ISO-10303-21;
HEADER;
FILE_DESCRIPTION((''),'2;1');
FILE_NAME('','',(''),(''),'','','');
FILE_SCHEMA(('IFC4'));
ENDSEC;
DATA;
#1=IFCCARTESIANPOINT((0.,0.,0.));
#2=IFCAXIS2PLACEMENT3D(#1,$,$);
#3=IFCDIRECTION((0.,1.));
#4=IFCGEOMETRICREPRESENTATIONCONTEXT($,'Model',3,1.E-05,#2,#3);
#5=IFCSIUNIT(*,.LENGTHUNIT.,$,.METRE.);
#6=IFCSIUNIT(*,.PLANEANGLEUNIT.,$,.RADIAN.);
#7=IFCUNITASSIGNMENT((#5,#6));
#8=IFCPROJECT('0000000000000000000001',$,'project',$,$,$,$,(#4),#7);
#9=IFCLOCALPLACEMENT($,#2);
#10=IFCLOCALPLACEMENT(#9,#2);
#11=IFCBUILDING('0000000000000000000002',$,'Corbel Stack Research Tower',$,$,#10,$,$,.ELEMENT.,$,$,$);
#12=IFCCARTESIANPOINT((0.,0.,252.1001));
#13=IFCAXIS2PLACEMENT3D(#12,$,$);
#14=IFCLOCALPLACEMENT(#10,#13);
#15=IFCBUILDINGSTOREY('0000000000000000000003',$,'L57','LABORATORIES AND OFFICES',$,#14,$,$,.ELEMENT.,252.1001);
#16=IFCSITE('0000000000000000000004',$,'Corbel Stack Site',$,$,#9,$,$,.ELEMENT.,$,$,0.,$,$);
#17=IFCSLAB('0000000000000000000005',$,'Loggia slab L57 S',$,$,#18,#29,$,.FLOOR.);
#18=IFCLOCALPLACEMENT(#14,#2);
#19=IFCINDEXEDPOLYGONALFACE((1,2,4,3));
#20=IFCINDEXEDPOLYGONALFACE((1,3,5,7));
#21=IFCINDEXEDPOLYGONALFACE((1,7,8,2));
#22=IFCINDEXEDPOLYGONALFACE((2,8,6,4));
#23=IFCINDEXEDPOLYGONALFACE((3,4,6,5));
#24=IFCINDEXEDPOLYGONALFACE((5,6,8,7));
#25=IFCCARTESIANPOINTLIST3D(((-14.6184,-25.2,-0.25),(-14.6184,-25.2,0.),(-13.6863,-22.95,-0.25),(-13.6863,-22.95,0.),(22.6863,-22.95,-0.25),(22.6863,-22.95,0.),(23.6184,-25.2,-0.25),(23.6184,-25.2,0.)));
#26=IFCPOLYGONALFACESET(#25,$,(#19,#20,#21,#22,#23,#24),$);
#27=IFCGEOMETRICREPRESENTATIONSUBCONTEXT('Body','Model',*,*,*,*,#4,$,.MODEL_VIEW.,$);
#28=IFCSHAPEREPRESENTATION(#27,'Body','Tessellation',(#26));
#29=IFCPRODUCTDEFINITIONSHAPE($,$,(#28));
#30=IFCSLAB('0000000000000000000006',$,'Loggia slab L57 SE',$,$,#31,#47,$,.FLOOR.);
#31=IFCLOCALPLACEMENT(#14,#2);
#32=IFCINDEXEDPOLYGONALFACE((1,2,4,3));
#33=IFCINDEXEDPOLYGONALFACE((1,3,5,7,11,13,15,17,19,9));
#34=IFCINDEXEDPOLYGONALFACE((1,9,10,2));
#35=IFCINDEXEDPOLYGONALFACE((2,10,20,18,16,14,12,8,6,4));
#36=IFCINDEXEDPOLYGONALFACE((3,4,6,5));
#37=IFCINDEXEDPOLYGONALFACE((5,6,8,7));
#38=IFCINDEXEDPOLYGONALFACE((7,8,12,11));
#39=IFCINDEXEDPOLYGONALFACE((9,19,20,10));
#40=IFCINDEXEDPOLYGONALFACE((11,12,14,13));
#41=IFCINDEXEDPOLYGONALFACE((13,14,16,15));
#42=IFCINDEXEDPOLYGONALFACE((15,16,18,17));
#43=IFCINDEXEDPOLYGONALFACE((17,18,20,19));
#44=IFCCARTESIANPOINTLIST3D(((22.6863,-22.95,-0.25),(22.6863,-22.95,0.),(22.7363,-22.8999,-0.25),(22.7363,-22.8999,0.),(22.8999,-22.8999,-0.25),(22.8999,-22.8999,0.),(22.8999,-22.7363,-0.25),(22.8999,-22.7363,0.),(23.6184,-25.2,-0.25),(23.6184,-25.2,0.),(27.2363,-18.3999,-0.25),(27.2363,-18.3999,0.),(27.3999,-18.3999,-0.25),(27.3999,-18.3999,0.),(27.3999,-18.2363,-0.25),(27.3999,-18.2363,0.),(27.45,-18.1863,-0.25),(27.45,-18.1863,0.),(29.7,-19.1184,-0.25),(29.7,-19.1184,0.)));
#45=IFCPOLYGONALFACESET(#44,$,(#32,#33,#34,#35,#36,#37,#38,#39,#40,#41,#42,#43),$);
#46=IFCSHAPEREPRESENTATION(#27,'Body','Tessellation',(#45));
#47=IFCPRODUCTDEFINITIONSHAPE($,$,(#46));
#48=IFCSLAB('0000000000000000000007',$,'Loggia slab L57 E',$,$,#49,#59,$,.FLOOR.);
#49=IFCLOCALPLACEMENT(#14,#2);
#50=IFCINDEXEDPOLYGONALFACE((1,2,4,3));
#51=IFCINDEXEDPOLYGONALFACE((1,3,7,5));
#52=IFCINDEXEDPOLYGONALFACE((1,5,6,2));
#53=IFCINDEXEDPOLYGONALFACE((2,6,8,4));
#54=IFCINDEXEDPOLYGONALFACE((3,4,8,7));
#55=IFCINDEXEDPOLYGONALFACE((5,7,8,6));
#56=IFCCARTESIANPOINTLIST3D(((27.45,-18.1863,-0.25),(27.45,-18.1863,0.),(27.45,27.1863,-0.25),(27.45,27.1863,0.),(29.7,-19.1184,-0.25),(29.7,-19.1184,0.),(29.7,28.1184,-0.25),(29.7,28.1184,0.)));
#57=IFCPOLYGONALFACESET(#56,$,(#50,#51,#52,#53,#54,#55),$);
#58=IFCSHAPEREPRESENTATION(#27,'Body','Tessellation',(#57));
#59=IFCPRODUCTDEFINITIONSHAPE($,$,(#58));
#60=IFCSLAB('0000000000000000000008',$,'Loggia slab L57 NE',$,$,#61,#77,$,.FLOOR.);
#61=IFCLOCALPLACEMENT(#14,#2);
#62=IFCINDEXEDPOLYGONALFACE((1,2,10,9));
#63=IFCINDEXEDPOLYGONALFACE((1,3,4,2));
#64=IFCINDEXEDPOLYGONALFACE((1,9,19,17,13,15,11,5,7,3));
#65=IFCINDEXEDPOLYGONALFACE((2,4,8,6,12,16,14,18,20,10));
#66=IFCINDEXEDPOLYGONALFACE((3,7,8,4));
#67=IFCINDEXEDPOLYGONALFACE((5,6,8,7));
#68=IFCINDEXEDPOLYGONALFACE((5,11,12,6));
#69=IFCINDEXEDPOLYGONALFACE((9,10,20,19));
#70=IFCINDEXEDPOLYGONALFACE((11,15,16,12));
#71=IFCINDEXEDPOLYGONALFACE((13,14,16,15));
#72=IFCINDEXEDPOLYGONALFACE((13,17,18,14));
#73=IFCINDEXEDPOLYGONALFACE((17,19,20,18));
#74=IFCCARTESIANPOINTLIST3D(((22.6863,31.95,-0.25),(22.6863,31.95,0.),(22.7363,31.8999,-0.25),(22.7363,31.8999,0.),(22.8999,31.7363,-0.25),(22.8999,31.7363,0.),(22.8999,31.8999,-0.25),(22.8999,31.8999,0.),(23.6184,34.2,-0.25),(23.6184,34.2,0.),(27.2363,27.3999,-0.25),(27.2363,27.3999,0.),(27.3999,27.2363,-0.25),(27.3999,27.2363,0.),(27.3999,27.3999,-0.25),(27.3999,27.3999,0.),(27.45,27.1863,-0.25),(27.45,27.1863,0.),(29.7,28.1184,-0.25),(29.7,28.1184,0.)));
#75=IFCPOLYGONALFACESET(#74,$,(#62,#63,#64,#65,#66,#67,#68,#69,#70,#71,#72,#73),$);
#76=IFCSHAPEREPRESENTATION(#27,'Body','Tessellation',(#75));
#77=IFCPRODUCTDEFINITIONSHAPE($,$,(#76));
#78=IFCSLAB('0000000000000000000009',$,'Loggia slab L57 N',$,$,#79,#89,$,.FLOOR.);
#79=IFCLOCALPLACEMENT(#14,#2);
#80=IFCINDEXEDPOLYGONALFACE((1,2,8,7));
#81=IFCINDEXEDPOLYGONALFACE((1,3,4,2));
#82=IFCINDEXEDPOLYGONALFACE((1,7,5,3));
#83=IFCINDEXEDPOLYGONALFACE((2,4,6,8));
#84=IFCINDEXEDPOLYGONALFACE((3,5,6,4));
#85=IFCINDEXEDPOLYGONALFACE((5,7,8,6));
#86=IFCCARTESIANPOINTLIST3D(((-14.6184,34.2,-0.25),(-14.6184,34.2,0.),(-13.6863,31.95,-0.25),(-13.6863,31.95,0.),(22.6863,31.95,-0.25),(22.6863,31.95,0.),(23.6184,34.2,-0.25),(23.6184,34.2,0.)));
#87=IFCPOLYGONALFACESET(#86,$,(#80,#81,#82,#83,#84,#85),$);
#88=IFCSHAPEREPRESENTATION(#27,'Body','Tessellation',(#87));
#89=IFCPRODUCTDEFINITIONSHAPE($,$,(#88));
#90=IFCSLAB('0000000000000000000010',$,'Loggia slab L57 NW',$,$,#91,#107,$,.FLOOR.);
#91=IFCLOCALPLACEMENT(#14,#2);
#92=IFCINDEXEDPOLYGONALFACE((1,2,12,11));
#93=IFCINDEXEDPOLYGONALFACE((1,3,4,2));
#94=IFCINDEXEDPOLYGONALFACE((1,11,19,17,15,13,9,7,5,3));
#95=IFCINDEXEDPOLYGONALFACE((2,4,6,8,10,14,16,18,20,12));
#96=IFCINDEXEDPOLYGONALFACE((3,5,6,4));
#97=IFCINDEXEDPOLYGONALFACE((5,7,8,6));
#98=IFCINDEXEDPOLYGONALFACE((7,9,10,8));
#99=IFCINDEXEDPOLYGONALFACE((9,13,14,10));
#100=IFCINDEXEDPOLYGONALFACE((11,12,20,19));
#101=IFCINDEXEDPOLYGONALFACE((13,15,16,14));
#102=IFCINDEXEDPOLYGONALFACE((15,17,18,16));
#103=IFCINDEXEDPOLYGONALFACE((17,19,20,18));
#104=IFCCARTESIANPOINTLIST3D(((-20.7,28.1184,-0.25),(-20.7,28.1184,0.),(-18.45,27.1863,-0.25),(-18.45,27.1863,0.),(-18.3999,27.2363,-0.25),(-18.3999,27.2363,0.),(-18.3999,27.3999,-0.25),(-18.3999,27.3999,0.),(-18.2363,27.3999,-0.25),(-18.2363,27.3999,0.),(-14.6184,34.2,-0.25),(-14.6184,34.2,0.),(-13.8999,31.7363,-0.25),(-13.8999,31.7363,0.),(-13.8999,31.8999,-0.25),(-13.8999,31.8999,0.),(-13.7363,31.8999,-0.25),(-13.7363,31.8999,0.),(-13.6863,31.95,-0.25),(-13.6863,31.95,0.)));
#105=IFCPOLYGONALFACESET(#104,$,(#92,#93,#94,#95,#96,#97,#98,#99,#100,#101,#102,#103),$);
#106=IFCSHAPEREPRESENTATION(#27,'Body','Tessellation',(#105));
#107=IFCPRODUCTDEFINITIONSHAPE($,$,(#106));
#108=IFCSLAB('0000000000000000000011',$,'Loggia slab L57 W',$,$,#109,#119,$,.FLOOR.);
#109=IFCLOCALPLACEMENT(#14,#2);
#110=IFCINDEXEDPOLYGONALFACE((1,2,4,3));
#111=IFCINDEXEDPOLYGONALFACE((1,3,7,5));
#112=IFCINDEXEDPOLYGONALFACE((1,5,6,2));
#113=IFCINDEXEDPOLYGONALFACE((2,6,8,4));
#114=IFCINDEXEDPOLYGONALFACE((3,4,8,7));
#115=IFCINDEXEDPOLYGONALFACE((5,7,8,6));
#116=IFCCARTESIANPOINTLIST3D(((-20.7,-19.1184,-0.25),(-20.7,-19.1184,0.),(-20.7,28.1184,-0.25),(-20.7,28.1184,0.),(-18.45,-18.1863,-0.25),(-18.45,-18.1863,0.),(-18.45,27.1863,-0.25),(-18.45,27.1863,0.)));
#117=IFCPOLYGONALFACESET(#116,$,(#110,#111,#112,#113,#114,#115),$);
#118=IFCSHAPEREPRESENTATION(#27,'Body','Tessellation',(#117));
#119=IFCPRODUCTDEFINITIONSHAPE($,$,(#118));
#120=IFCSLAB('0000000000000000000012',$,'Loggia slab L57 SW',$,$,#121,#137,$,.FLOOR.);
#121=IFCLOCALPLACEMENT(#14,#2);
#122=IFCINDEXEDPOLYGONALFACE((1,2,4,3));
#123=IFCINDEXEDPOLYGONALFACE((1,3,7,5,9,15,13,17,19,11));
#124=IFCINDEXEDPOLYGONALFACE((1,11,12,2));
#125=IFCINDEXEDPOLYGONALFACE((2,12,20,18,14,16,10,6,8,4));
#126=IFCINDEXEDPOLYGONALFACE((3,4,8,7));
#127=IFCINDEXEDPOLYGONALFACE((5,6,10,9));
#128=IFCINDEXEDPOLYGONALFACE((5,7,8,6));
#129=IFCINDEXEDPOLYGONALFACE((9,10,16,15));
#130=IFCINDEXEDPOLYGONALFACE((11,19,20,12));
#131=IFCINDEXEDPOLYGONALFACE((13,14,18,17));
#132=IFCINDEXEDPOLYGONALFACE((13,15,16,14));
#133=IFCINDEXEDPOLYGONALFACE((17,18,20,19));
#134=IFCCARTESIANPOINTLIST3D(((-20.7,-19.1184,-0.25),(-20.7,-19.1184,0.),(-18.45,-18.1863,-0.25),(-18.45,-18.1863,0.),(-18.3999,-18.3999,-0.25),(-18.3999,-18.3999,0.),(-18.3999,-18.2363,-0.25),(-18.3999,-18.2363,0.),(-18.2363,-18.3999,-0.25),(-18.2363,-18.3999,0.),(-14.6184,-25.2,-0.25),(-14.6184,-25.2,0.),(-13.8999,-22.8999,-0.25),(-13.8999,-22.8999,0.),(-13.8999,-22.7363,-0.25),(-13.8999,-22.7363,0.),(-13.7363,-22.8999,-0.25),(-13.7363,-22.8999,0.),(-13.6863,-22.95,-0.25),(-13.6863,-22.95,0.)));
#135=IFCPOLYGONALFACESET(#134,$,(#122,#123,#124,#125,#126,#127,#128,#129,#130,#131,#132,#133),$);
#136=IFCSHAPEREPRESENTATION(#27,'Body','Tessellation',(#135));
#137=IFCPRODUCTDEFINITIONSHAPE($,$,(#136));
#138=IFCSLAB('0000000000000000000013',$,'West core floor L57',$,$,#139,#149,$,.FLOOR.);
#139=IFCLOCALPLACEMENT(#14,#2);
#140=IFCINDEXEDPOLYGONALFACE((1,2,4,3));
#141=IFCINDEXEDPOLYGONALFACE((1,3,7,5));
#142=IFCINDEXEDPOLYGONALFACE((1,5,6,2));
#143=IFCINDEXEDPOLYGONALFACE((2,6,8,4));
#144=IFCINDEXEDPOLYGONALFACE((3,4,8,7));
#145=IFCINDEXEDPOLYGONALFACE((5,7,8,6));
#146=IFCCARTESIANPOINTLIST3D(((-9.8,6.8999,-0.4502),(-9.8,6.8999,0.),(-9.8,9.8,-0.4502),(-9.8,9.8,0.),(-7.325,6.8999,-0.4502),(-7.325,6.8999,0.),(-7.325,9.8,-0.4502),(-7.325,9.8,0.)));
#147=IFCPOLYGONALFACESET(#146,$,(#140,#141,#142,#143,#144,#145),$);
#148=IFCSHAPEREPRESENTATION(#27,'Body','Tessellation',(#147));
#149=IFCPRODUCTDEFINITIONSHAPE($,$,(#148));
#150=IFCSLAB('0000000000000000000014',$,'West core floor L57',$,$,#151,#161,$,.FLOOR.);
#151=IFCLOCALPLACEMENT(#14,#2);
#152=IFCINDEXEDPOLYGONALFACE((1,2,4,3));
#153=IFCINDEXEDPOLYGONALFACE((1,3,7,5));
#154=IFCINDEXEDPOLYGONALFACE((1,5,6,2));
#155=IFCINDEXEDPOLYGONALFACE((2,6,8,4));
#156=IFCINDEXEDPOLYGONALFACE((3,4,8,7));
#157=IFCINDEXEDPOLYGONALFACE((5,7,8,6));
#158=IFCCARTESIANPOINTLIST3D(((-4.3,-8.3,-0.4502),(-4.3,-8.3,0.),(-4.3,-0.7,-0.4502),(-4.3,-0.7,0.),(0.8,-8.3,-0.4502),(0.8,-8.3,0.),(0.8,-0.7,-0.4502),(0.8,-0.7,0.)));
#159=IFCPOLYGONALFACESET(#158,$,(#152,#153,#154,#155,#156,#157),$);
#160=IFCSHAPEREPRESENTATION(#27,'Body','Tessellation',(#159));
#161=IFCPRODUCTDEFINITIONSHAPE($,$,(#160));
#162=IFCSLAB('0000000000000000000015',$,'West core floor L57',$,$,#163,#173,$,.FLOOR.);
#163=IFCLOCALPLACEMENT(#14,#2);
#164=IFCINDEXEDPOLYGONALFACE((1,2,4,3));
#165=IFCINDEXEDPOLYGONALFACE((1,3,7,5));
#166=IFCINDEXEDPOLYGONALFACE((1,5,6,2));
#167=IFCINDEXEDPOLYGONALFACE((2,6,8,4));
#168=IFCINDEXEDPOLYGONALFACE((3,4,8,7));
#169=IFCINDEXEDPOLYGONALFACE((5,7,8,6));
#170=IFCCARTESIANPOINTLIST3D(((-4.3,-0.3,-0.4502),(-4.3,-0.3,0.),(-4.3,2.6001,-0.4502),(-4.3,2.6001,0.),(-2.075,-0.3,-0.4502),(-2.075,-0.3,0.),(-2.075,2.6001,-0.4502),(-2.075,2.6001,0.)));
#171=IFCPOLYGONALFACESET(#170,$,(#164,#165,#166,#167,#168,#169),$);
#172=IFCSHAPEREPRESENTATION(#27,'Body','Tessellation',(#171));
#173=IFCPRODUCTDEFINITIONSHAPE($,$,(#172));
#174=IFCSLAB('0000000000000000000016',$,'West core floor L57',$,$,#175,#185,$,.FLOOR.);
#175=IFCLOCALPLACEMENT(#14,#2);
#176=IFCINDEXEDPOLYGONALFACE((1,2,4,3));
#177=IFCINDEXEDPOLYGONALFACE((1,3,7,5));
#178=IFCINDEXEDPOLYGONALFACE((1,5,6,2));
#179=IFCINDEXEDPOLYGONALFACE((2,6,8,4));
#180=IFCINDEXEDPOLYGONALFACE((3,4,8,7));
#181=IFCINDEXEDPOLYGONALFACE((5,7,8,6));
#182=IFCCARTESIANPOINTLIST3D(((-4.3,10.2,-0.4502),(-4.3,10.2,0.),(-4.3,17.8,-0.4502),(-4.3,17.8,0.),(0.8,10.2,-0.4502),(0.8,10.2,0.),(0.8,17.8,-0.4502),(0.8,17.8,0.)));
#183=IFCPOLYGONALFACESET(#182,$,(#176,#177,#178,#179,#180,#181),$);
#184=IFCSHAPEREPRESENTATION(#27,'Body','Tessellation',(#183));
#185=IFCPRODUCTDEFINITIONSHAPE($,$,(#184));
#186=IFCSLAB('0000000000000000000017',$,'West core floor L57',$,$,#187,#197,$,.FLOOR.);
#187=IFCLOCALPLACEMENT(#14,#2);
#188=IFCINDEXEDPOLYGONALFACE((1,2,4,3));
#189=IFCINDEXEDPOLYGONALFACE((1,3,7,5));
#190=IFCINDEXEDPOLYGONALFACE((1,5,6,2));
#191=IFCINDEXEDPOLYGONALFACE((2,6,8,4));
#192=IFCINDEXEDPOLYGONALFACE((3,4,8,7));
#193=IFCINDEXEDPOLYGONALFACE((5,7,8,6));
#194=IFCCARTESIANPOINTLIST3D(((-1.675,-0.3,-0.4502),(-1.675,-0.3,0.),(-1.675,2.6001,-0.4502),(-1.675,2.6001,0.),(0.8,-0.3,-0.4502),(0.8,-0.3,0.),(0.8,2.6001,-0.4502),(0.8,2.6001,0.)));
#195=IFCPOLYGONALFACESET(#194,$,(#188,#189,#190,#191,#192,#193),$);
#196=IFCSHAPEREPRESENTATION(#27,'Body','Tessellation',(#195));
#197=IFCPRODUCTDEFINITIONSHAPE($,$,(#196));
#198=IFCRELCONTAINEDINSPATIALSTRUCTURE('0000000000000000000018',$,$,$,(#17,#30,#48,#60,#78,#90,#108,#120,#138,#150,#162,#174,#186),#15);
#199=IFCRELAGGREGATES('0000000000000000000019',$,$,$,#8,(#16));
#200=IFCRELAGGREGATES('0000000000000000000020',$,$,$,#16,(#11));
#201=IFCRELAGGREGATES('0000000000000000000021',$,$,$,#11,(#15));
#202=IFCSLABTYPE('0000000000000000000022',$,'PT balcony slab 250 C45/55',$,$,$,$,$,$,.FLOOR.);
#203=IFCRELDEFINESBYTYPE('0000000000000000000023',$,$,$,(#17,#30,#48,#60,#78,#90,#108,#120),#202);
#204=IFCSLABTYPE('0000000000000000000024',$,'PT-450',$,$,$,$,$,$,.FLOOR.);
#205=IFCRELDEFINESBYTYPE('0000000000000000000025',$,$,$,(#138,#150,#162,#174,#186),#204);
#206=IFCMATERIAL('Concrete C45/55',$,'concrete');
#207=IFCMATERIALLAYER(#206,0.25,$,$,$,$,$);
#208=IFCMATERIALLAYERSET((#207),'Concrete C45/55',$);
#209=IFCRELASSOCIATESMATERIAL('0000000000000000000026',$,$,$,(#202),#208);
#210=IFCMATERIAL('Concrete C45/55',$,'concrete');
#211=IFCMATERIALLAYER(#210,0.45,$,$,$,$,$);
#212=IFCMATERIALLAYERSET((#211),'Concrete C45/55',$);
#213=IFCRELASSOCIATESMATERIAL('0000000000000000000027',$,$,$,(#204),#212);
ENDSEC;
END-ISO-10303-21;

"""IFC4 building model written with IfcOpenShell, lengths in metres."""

from ifc_helpers import new_model, si_unit, direction, frame, origin, place, context, subcontext, project, spatial, polyline, outline, extrude, material, layer, layer_set, type_object, element, save


model = new_model("IFC4")

# Units and contexts
model_context = context("Model", 3, precision=1e-05, world=origin(), true_north=direction((0.0, 1.0)))
body_context = subcontext(model_context, "Body", "Model", "MODEL_VIEW")
ifc_project = project(units=[si_unit("LENGTHUNIT", "METRE"), si_unit("PLANEANGLEUNIT", "RADIAN")], contexts=[model_context])

# Site, building, storey
site_placement = place(None, origin())
site = spatial("IfcSite", under=ifc_project, at=site_placement, Name="Corbel Stack Site", CompositionType="ELEMENT", RefElevation=0.0)
building_placement = place(site_placement, origin())
building = spatial("IfcBuilding", under=site, at=building_placement, Name="Corbel Stack Research Tower", CompositionType="ELEMENT")
storey_placement = place(building_placement, frame((0.0, 0.0, 252.1001)))
storey = spatial("IfcBuildingStorey", under=building, at=storey_placement, Name="L57", Description="LABORATORIES AND OFFICES", CompositionType="ELEMENT", Elevation=252.1001)

# Slabs
ifc_material_1 = material(Name="Concrete C45/55", Category="concrete")
ifc_layer_1 = layer(ifc_material_1, 0.25)
ifc_layer_set_1 = layer_set([ifc_layer_1], Name="Concrete C45/55")
slab_type_1 = type_object("IfcSlabType", Name="PT balcony slab 250 C45/55", PredefinedType="FLOOR", material=ifc_layer_set_1)
slab_1_placement = place(storey_placement, frame((0.0, 0.0, -0.25)))
element("IfcSlab", 1, at=slab_1_placement, inside=storey, type_object=slab_type_1, Name="Loggia slab L57 S", PredefinedType="FLOOR", context=body_context, shape_type="SweptSolid", body=[
    extrude(outline(polyline([(22.6863, -22.95), (-13.6863, -22.95), (-14.6184, -25.2), (23.6184, -25.2), (22.6863, -22.95)])), origin(), (0.0, 0.0, 1.0), 0.25),
])
slab_2_placement = place(storey_placement, frame((0.0, 0.0, -0.25)))
element("IfcSlab", 2, at=slab_2_placement, inside=storey, type_object=slab_type_1, Name="Loggia slab L57 SE", PredefinedType="FLOOR", context=body_context, shape_type="SweptSolid", body=[
    extrude(outline(polyline([(27.45, -18.1863), (27.3999, -18.2363), (27.3999, -18.3999), (27.2363, -18.3999), (22.8999, -22.7363), (22.8999, -22.8999), (22.7363, -22.8999), (22.6863, -22.95), (23.6184, -25.2), (29.7, -19.1184), (27.45, -18.1863)])), origin(), (0.0, 0.0, 1.0), 0.25),
])
slab_3_placement = place(storey_placement, frame((0.0, 0.0, -0.25)))
element("IfcSlab", 3, at=slab_3_placement, inside=storey, type_object=slab_type_1, Name="Loggia slab L57 E", PredefinedType="FLOOR", context=body_context, shape_type="SweptSolid", body=[
    extrude(outline(polyline([(27.45, 27.1863), (27.45, -18.1863), (29.7, -19.1184), (29.7, 28.1184), (27.45, 27.1863)])), origin(), (0.0, 0.0, 1.0), 0.25),
])
slab_4_placement = place(storey_placement, frame((0.0, 0.0, -0.25)))
element("IfcSlab", 4, at=slab_4_placement, inside=storey, type_object=slab_type_1, Name="Loggia slab L57 NE", PredefinedType="FLOOR", context=body_context, shape_type="SweptSolid", body=[
    extrude(outline(polyline([(22.6863, 31.95), (22.7363, 31.8999), (22.8999, 31.8999), (22.8999, 31.7363), (27.2363, 27.3999), (27.3999, 27.3999), (27.3999, 27.2363), (27.45, 27.1863), (29.7, 28.1184), (23.6184, 34.2), (22.6863, 31.95)])), origin(), (0.0, 0.0, 1.0), 0.25),
])
slab_5_placement = place(storey_placement, frame((0.0, 0.0, -0.25)))
element("IfcSlab", 5, at=slab_5_placement, inside=storey, type_object=slab_type_1, Name="Loggia slab L57 N", PredefinedType="FLOOR", context=body_context, shape_type="SweptSolid", body=[
    extrude(outline(polyline([(-13.6863, 31.95), (22.6863, 31.95), (23.6184, 34.2), (-14.6184, 34.2), (-13.6863, 31.95)])), origin(), (0.0, 0.0, 1.0), 0.25),
])
slab_6_placement = place(storey_placement, frame((0.0, 0.0, -0.25)))
element("IfcSlab", 6, at=slab_6_placement, inside=storey, type_object=slab_type_1, Name="Loggia slab L57 NW", PredefinedType="FLOOR", context=body_context, shape_type="SweptSolid", body=[
    extrude(outline(polyline([(-18.45, 27.1863), (-18.3999, 27.2363), (-18.3999, 27.3999), (-18.2363, 27.3999), (-13.8999, 31.7363), (-13.8999, 31.8999), (-13.7363, 31.8999), (-13.6863, 31.95), (-14.6184, 34.2), (-20.7, 28.1184), (-18.45, 27.1863)])), origin(), (0.0, 0.0, 1.0), 0.25),
])
slab_7_placement = place(storey_placement, frame((0.0, 0.0, -0.25)))
element("IfcSlab", 7, at=slab_7_placement, inside=storey, type_object=slab_type_1, Name="Loggia slab L57 W", PredefinedType="FLOOR", context=body_context, shape_type="SweptSolid", body=[
    extrude(outline(polyline([(-18.45, -18.1863), (-18.45, 27.1863), (-20.7, 28.1184), (-20.7, -19.1184), (-18.45, -18.1863)])), origin(), (0.0, 0.0, 1.0), 0.25),
])
slab_8_placement = place(storey_placement, frame((0.0, 0.0, -0.25)))
element("IfcSlab", 8, at=slab_8_placement, inside=storey, type_object=slab_type_1, Name="Loggia slab L57 SW", PredefinedType="FLOOR", context=body_context, shape_type="SweptSolid", body=[
    extrude(outline(polyline([(-13.6863, -22.95), (-13.7363, -22.8999), (-13.8999, -22.8999), (-13.8999, -22.7363), (-18.2363, -18.3999), (-18.3999, -18.3999), (-18.3999, -18.2363), (-18.45, -18.1863), (-20.7, -19.1184), (-14.6184, -25.2), (-13.6863, -22.95)])), origin(), (0.0, 0.0, 1.0), 0.25),
])
ifc_material_2 = material(Name="Concrete C45/55", Category="concrete")
ifc_layer_2 = layer(ifc_material_2, 0.45)
ifc_layer_set_2 = layer_set([ifc_layer_2], Name="Concrete C45/55")
slab_type_2 = type_object("IfcSlabType", Name="PT-450", PredefinedType="FLOOR", material=ifc_layer_set_2)
slab_9_placement = place(storey_placement, frame((0.0, 0.0, -0.4502)))
element("IfcSlab", 9, at=slab_9_placement, inside=storey, type_object=slab_type_2, Name="West core floor L57", PredefinedType="FLOOR", context=body_context, shape_type="SweptSolid", body=[
    extrude(outline(polyline([(-9.8, 6.8999), (-7.325, 6.8999), (-7.325, 9.8), (-9.8, 9.8), (-9.8, 6.8999)])), origin(), (0.0, 0.0, 1.0), 0.4502),
])
slab_10_placement = place(storey_placement, frame((0.0, 0.0, -0.4502)))
element("IfcSlab", 10, at=slab_10_placement, inside=storey, type_object=slab_type_2, Name="West core floor L57", PredefinedType="FLOOR", context=body_context, shape_type="SweptSolid", body=[
    extrude(outline(polyline([(-4.3, -0.7), (-4.3, -8.3), (0.8, -8.3), (0.8, -0.7), (-4.3, -0.7)])), origin(), (0.0, 0.0, 1.0), 0.4502),
])
slab_11_placement = place(storey_placement, frame((0.0, 0.0, -0.4502)))
element("IfcSlab", 11, at=slab_11_placement, inside=storey, type_object=slab_type_2, Name="West core floor L57", PredefinedType="FLOOR", context=body_context, shape_type="SweptSolid", body=[
    extrude(outline(polyline([(-4.3, 2.6001), (-4.3, -0.3), (-2.075, -0.3), (-2.075, 2.6001), (-4.3, 2.6001)])), origin(), (0.0, 0.0, 1.0), 0.4502),
])
slab_12_placement = place(storey_placement, frame((0.0, 0.0, -0.4502)))
element("IfcSlab", 12, at=slab_12_placement, inside=storey, type_object=slab_type_2, Name="West core floor L57", PredefinedType="FLOOR", context=body_context, shape_type="SweptSolid", body=[
    extrude(outline(polyline([(-4.3, 17.8), (-4.3, 10.2), (0.8, 10.2), (0.8, 17.8), (-4.3, 17.8)])), origin(), (0.0, 0.0, 1.0), 0.4502),
])
slab_13_placement = place(storey_placement, frame((0.0, 0.0, -0.4502)))
element("IfcSlab", 13, at=slab_13_placement, inside=storey, type_object=slab_type_2, Name="West core floor L57", PredefinedType="FLOOR", context=body_context, shape_type="SweptSolid", body=[
    extrude(outline(polyline([(-1.675, 2.6001), (-1.675, -0.3), (0.8, -0.3), (0.8, 2.6001), (-1.675, 2.6001)])), origin(), (0.0, 0.0, 1.0), 0.4502),
])

save(model, "model.ifc")
